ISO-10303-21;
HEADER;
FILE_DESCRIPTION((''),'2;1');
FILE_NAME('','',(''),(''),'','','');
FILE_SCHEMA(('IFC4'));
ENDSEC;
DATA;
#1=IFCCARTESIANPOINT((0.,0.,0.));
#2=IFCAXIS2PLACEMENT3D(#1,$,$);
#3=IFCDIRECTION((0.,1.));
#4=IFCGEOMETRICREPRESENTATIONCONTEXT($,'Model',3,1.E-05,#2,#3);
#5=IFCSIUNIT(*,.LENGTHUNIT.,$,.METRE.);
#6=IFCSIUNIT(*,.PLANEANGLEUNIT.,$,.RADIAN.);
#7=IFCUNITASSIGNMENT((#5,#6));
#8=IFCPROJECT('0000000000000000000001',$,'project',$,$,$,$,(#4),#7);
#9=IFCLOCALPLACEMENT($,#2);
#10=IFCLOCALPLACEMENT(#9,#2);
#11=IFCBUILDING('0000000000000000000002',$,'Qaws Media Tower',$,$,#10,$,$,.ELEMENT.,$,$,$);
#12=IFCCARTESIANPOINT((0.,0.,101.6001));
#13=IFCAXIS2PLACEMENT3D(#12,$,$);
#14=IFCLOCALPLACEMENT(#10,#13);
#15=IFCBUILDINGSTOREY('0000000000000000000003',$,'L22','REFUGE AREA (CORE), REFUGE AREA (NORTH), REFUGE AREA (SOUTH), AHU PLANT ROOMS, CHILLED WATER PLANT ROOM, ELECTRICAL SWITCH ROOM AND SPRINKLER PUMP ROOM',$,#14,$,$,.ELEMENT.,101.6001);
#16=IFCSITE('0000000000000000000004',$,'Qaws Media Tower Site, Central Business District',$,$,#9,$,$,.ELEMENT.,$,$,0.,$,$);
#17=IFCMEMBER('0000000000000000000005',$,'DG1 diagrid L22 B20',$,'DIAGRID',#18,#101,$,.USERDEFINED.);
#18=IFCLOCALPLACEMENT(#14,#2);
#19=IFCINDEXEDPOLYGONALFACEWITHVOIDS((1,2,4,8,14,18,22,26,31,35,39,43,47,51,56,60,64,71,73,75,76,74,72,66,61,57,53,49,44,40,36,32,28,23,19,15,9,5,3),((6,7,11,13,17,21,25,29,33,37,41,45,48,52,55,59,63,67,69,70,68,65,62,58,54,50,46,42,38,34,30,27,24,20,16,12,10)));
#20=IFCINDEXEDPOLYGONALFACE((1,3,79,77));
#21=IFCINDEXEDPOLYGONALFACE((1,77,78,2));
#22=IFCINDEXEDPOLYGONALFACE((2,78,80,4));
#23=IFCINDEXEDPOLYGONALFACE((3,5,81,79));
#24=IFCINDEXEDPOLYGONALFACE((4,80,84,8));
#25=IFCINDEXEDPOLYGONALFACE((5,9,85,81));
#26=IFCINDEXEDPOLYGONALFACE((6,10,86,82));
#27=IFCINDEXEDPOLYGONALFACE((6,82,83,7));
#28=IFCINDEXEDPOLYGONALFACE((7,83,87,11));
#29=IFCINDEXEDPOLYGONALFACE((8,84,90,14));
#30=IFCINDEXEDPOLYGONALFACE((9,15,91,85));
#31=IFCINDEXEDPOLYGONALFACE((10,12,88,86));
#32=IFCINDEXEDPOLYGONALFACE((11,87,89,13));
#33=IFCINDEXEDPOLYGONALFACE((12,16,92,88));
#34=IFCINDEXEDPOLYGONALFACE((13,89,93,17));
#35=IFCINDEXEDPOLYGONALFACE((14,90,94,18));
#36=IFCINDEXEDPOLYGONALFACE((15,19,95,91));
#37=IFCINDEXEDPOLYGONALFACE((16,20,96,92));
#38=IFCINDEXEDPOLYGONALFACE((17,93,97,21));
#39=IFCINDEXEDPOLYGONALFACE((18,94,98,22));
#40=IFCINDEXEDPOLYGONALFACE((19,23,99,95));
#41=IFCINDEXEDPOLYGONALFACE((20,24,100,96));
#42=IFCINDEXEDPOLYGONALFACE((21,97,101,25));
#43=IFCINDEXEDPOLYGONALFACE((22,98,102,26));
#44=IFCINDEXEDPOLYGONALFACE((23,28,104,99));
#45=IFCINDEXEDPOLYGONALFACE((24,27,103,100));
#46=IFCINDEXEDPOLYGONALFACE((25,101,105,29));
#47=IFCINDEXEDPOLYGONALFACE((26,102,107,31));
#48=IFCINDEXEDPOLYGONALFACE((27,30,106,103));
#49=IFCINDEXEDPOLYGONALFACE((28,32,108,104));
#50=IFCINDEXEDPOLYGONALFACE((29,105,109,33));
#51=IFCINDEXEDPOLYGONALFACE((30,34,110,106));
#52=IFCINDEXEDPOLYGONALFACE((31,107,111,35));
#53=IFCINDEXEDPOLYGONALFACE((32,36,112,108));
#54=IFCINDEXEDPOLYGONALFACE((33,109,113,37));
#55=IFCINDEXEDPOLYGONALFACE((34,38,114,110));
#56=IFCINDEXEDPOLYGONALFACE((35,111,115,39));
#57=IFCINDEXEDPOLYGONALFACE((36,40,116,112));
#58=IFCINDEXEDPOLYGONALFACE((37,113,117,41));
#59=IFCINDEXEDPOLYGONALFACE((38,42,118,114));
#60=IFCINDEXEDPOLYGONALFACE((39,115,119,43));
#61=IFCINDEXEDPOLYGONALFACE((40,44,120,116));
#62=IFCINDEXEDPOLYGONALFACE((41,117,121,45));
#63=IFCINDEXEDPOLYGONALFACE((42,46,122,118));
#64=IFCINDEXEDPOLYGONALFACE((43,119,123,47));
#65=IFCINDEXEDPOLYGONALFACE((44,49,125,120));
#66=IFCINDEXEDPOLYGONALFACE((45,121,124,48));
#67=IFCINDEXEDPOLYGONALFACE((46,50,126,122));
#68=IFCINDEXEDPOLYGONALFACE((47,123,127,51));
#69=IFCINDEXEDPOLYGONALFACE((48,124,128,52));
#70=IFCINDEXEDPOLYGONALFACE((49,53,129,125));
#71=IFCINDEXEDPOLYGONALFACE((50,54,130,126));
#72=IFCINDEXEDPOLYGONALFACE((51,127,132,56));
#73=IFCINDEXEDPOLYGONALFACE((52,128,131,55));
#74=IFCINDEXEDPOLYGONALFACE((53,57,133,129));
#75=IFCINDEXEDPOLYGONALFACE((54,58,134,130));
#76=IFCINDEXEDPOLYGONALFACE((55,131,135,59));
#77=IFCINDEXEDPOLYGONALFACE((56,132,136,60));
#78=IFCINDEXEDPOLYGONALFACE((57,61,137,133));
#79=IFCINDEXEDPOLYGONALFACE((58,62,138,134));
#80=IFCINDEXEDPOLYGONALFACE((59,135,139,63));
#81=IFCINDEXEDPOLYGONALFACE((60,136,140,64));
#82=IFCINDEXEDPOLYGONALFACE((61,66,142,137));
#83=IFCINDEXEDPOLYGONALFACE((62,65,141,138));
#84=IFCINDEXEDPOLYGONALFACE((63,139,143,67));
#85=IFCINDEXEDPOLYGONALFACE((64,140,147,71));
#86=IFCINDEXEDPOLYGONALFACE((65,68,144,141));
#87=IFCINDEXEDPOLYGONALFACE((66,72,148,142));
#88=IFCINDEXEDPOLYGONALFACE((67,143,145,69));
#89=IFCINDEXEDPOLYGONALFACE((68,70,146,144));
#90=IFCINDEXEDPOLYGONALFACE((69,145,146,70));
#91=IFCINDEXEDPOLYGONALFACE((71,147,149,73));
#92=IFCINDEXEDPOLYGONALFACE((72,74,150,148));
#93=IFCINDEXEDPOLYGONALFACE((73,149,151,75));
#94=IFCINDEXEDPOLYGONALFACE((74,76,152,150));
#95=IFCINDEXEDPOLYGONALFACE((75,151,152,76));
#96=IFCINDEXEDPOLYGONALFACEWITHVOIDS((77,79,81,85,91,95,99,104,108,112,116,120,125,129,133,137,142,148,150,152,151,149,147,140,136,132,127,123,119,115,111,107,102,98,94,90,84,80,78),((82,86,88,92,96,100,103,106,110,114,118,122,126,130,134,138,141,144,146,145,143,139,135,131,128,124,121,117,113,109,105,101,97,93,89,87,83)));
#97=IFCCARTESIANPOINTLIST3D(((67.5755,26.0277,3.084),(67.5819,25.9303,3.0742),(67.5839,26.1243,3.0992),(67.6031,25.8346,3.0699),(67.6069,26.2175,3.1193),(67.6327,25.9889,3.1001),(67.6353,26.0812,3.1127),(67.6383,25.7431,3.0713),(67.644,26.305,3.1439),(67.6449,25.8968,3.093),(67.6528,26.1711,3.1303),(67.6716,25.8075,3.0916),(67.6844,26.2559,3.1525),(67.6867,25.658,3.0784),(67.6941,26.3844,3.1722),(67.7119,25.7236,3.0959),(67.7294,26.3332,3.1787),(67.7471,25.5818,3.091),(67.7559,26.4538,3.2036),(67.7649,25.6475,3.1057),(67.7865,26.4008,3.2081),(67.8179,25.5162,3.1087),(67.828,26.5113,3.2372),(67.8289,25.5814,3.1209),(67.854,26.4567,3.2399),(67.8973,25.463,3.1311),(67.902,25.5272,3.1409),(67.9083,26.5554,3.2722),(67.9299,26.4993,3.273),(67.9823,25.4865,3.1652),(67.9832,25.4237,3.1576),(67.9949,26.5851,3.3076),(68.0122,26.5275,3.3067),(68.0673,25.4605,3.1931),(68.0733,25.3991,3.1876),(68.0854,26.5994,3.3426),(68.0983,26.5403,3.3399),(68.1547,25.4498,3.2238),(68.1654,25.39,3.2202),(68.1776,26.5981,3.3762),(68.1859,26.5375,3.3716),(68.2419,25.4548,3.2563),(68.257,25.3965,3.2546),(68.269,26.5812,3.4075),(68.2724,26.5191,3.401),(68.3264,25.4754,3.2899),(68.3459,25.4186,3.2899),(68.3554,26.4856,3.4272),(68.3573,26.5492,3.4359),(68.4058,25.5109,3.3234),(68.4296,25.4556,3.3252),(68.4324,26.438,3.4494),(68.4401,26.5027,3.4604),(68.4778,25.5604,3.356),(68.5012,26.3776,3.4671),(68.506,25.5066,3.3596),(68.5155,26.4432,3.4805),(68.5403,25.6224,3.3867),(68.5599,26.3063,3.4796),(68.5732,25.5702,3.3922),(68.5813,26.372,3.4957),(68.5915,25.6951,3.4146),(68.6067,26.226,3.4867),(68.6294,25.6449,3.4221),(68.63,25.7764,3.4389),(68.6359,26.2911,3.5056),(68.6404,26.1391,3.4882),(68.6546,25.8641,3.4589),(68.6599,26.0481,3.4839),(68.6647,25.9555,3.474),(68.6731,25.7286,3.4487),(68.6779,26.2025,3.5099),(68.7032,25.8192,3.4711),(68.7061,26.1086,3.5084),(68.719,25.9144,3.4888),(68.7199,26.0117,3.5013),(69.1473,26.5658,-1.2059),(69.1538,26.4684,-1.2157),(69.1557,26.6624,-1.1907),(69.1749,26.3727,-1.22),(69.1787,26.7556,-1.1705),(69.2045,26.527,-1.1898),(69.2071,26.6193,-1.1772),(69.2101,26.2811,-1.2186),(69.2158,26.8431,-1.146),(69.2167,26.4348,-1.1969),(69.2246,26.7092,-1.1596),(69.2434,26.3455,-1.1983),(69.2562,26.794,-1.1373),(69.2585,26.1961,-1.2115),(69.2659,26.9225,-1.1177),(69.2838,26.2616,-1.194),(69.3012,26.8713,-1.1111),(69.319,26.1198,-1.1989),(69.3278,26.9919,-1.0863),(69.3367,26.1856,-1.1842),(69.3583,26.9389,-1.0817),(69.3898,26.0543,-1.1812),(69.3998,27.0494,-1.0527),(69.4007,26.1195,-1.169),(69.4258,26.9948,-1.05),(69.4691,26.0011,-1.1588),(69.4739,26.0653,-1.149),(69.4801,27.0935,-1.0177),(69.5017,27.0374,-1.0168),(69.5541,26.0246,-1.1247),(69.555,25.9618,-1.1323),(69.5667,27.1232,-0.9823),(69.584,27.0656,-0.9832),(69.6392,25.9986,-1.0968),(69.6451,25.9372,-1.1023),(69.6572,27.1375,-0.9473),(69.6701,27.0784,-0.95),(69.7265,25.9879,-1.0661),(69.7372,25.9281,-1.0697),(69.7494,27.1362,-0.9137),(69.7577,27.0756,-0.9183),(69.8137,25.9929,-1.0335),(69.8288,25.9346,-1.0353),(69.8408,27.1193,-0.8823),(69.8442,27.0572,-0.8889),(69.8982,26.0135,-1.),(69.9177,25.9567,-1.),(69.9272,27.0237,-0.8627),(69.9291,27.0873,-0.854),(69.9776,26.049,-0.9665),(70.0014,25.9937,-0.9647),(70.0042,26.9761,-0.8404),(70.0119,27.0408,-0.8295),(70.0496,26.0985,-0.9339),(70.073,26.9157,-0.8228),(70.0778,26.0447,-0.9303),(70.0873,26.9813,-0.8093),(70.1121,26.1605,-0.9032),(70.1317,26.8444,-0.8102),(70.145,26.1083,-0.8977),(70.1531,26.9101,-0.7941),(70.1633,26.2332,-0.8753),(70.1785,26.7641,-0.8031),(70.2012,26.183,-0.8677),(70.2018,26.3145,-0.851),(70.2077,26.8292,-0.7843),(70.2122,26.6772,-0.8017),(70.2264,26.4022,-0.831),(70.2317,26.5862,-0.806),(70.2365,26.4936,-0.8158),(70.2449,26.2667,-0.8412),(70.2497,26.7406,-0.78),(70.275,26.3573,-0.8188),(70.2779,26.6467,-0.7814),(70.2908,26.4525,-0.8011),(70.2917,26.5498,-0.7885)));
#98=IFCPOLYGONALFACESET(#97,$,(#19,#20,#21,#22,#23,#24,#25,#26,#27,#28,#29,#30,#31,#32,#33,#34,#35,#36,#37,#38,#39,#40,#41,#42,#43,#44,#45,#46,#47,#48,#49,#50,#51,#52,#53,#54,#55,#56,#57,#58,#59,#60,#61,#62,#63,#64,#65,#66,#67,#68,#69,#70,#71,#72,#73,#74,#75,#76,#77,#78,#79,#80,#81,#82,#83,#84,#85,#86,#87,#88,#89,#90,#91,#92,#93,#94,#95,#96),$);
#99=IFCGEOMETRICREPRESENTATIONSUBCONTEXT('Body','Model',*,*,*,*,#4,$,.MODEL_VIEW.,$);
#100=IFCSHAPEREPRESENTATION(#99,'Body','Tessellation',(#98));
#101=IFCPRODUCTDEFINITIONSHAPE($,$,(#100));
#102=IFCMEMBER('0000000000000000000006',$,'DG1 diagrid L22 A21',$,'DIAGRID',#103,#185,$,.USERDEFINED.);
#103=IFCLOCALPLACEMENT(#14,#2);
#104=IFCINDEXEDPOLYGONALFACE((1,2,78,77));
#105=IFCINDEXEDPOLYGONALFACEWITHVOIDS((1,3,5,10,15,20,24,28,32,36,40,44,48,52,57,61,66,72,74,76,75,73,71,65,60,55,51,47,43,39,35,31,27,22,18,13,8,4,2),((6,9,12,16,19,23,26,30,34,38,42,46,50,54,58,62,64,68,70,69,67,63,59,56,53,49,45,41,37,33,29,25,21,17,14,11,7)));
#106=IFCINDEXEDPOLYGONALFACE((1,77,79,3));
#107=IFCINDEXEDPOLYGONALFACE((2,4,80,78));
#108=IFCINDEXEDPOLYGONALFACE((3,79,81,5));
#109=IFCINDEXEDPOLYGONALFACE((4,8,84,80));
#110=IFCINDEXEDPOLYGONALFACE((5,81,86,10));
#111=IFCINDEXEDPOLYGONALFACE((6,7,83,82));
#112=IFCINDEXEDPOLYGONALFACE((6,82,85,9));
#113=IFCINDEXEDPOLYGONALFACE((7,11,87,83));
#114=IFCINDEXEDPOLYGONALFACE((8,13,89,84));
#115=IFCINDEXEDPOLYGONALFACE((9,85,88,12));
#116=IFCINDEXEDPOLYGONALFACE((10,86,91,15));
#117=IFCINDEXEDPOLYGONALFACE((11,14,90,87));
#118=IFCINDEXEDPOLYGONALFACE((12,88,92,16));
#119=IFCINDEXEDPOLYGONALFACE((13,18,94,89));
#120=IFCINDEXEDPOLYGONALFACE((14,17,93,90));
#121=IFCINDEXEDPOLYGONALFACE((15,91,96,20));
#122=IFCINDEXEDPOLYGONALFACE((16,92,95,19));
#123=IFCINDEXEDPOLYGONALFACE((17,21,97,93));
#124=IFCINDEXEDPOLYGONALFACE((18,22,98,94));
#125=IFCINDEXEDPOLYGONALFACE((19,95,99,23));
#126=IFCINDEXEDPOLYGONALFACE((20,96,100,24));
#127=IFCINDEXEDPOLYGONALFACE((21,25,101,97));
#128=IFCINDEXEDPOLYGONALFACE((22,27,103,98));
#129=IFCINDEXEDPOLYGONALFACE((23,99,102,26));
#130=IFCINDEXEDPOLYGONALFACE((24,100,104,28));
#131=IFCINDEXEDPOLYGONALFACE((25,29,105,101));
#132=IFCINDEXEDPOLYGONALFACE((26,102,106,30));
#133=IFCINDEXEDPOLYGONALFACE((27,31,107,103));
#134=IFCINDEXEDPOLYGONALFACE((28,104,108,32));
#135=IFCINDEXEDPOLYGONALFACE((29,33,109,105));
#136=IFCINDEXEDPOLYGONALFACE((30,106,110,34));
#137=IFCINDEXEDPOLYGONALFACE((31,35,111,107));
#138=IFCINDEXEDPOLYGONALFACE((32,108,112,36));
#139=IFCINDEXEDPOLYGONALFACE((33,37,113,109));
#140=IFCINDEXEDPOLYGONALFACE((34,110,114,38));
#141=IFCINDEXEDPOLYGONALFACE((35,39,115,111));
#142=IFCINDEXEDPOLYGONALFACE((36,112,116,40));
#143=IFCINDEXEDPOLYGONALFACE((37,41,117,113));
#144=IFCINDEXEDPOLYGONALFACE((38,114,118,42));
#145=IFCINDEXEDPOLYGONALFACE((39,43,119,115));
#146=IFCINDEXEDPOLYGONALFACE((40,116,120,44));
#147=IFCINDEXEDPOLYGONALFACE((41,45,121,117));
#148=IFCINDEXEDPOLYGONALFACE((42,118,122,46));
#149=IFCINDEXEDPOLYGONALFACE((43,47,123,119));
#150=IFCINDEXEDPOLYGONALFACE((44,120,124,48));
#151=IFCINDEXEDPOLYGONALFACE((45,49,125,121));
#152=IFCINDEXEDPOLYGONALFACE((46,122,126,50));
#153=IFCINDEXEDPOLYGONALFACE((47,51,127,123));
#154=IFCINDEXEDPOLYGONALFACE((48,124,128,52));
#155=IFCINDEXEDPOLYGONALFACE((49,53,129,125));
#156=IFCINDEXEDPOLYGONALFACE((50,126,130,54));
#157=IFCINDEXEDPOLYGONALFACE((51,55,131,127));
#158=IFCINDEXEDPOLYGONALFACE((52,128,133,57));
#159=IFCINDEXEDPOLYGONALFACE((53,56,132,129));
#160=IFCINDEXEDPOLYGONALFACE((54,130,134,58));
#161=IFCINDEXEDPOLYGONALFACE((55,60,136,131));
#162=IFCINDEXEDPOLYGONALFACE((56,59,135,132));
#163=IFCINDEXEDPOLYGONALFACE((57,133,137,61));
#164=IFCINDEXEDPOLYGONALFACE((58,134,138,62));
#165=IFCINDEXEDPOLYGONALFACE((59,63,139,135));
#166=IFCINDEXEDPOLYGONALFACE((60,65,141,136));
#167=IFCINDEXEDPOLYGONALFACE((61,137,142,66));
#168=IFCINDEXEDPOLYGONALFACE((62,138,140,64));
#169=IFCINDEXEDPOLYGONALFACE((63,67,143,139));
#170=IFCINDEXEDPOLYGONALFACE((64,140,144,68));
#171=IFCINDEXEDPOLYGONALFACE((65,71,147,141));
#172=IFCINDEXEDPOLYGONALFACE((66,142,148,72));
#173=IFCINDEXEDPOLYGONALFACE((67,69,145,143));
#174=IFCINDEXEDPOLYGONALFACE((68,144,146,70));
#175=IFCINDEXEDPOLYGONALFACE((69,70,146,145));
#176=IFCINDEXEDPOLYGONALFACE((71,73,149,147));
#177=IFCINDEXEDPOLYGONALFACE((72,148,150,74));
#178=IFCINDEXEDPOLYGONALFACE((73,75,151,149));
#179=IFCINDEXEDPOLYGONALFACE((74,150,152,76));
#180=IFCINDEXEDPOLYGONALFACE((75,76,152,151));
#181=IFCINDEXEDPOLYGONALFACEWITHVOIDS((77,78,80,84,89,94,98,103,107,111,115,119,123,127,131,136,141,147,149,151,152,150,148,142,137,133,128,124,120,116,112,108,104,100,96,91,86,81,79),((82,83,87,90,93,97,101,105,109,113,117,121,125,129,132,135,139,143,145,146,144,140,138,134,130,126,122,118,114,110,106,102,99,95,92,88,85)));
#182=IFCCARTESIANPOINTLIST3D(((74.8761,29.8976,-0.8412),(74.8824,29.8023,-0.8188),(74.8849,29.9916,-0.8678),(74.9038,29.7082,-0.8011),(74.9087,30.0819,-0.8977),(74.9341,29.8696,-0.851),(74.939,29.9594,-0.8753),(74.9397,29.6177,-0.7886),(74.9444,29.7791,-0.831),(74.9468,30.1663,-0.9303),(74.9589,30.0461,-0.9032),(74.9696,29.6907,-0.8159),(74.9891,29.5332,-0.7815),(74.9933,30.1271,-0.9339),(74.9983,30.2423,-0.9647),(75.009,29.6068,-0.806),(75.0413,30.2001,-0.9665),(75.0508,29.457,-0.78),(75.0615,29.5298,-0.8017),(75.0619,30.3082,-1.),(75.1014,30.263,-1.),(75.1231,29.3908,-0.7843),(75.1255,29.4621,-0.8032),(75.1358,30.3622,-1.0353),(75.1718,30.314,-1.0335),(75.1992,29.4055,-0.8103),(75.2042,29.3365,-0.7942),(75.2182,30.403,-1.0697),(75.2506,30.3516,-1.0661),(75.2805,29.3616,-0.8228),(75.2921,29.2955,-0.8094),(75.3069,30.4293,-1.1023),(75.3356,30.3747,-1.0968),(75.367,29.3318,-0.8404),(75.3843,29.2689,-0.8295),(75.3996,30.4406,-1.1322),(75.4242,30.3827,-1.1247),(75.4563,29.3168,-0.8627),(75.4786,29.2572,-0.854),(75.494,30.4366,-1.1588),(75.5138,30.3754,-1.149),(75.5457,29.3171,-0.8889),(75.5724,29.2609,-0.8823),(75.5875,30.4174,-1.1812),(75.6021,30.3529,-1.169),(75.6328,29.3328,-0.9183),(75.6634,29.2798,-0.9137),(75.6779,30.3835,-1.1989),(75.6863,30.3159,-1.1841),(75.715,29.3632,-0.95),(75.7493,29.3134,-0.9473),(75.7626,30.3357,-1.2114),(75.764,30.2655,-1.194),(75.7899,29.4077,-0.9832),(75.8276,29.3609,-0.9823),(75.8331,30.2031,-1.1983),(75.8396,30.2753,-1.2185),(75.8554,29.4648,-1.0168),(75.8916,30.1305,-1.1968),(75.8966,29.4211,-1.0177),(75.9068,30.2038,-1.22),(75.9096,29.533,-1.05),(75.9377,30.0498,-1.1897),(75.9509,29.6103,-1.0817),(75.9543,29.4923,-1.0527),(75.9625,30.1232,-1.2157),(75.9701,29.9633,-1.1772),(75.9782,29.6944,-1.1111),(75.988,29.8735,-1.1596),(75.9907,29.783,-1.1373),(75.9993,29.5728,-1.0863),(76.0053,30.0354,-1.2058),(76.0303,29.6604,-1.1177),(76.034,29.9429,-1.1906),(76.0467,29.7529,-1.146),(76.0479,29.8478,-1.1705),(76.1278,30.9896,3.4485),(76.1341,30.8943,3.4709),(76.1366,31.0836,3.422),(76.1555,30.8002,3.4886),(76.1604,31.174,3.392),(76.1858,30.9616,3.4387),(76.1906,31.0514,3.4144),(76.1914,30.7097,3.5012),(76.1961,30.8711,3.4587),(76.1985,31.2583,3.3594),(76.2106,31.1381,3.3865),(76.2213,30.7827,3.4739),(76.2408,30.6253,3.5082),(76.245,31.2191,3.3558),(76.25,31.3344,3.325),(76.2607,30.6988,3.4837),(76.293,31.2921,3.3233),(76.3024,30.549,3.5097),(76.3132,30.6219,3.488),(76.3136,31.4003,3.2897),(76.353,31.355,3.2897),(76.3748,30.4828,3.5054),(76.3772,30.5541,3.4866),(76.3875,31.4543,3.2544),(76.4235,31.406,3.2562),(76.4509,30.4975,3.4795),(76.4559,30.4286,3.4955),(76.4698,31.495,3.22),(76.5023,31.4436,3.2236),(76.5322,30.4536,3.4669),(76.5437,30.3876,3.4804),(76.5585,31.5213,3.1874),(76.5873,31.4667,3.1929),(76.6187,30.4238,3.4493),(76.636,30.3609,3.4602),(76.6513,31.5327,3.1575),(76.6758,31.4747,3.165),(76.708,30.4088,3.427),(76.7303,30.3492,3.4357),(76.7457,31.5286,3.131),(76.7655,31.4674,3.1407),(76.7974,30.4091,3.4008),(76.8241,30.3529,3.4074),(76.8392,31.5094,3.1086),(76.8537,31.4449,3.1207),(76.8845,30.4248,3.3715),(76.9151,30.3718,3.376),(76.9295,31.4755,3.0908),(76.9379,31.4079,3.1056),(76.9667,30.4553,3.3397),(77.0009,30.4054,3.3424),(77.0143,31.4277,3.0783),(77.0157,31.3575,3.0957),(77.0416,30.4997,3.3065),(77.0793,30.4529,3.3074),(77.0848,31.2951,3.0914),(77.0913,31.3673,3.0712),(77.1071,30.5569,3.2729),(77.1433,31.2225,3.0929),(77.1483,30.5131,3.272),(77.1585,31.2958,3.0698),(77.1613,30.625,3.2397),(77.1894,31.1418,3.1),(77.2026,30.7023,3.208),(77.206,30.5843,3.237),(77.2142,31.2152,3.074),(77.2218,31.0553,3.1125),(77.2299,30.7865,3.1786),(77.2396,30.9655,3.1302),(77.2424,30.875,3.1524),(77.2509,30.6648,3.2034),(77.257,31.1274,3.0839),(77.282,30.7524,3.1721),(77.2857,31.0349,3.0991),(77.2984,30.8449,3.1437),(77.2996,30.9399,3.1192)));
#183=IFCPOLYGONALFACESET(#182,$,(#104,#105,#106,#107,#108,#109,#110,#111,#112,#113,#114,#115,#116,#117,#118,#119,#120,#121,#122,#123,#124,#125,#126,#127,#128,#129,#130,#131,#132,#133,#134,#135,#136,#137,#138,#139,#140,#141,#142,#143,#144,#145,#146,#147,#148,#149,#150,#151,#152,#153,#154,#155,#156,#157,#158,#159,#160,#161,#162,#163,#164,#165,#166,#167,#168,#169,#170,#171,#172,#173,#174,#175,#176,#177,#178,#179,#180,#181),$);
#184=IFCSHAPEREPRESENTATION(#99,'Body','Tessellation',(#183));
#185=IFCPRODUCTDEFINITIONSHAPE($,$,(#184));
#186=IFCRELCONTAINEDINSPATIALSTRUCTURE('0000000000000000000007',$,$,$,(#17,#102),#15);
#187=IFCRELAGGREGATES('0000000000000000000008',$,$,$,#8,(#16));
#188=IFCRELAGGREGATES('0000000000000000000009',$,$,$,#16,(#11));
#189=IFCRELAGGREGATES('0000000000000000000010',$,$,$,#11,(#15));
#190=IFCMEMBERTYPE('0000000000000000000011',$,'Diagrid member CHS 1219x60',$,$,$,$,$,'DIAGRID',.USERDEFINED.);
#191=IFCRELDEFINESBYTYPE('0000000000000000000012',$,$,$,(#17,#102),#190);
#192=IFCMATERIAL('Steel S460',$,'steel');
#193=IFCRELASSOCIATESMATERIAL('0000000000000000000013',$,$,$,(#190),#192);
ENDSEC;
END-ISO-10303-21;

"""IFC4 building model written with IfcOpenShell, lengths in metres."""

from ifc_helpers import new_model, si_unit, direction, frame, origin, origin_2d, place, context, subcontext, project, spatial, hollow_circle, extrude, material, material_profile, profile_set, type_object, element, save


model = new_model("IFC4")

# Units and contexts
model_context = context("Model", 3, precision=1e-05, world=origin(), true_north=direction((0.0, 1.0)))
body_context = subcontext(model_context, "Body", "Model", "MODEL_VIEW")
ifc_project = project(units=[si_unit("LENGTHUNIT", "METRE"), si_unit("PLANEANGLEUNIT", "RADIAN")], contexts=[model_context])

# Site, building, storey
site_placement = place(None, origin())
site = spatial("IfcSite", under=ifc_project, at=site_placement, Name="Qaws Media Tower Site, Central Business District", CompositionType="ELEMENT", RefElevation=0.0)
building_placement = place(site_placement, origin())
building = spatial("IfcBuilding", under=site, at=building_placement, Name="Qaws Media Tower", CompositionType="ELEMENT")
storey_placement = place(building_placement, frame((0.0, 0.0, 101.6001)))
storey = spatial("IfcBuildingStorey", under=building, at=storey_placement, Name="L22", Description="REFUGE AREA (CORE), REFUGE AREA (NORTH), REFUGE AREA (SOUTH), AHU PLANT ROOMS, CHILLED WATER PLANT ROOM, ELECTRICAL SWITCH ROOM AND SPRINKLER PUMP ROOM", CompositionType="ELEMENT", Elevation=101.6001)

# Members
ifc_material_1 = material(Name="Steel S460", Category="steel")
ifc_material_profile_1 = material_profile(ifc_material_1, hollow_circle(Radius=0.6096, WallThickness=0.0601, at=origin_2d()), Name="CHS 1219x60")
ifc_profile_set_1 = profile_set([ifc_material_profile_1], Name="Steel S460")
member_type = type_object("IfcMemberType", Name="Diagrid member CHS 1219x60", ElementType="DIAGRID", PredefinedType="USERDEFINED", material=ifc_profile_set_1)
member_1_placement = place(storey_placement, frame((69.7202, 26.5334, -1.0), z_axis=(-0.341672, -0.116969, 0.932512), x_axis=(0.323888, -0.946095, 0.0)))
element("IfcMember", 1, at=member_1_placement, inside=storey, type_object=member_type, Name="DG1 diagrid L22 B20", ObjectType="DIAGRID", PredefinedType="USERDEFINED", context=body_context, shape_type="SweptSolid", body=[
    extrude(hollow_circle(Radius=0.6096, WallThickness=0.0601, at=origin_2d()), origin(), (0.0, 0.0, 1.0), 4.6003),
])
member_2_placement = place(storey_placement, frame((75.4626, 29.8489, -1.0), z_axis=(0.2721, 0.237391, 0.932527), x_axis=(-0.657411, 0.753532, 0.0)))
element("IfcMember", 2, at=member_2_placement, inside=storey, type_object=member_type, Name="DG1 diagrid L22 A21", ObjectType="DIAGRID", PredefinedType="USERDEFINED", context=body_context, shape_type="SweptSolid", body=[
    extrude(hollow_circle(Radius=0.6096, WallThickness=0.0601, at=origin_2d()), origin(), (0.0, 0.0, 1.0), 4.6001),
])

save(model, "model.ifc")
